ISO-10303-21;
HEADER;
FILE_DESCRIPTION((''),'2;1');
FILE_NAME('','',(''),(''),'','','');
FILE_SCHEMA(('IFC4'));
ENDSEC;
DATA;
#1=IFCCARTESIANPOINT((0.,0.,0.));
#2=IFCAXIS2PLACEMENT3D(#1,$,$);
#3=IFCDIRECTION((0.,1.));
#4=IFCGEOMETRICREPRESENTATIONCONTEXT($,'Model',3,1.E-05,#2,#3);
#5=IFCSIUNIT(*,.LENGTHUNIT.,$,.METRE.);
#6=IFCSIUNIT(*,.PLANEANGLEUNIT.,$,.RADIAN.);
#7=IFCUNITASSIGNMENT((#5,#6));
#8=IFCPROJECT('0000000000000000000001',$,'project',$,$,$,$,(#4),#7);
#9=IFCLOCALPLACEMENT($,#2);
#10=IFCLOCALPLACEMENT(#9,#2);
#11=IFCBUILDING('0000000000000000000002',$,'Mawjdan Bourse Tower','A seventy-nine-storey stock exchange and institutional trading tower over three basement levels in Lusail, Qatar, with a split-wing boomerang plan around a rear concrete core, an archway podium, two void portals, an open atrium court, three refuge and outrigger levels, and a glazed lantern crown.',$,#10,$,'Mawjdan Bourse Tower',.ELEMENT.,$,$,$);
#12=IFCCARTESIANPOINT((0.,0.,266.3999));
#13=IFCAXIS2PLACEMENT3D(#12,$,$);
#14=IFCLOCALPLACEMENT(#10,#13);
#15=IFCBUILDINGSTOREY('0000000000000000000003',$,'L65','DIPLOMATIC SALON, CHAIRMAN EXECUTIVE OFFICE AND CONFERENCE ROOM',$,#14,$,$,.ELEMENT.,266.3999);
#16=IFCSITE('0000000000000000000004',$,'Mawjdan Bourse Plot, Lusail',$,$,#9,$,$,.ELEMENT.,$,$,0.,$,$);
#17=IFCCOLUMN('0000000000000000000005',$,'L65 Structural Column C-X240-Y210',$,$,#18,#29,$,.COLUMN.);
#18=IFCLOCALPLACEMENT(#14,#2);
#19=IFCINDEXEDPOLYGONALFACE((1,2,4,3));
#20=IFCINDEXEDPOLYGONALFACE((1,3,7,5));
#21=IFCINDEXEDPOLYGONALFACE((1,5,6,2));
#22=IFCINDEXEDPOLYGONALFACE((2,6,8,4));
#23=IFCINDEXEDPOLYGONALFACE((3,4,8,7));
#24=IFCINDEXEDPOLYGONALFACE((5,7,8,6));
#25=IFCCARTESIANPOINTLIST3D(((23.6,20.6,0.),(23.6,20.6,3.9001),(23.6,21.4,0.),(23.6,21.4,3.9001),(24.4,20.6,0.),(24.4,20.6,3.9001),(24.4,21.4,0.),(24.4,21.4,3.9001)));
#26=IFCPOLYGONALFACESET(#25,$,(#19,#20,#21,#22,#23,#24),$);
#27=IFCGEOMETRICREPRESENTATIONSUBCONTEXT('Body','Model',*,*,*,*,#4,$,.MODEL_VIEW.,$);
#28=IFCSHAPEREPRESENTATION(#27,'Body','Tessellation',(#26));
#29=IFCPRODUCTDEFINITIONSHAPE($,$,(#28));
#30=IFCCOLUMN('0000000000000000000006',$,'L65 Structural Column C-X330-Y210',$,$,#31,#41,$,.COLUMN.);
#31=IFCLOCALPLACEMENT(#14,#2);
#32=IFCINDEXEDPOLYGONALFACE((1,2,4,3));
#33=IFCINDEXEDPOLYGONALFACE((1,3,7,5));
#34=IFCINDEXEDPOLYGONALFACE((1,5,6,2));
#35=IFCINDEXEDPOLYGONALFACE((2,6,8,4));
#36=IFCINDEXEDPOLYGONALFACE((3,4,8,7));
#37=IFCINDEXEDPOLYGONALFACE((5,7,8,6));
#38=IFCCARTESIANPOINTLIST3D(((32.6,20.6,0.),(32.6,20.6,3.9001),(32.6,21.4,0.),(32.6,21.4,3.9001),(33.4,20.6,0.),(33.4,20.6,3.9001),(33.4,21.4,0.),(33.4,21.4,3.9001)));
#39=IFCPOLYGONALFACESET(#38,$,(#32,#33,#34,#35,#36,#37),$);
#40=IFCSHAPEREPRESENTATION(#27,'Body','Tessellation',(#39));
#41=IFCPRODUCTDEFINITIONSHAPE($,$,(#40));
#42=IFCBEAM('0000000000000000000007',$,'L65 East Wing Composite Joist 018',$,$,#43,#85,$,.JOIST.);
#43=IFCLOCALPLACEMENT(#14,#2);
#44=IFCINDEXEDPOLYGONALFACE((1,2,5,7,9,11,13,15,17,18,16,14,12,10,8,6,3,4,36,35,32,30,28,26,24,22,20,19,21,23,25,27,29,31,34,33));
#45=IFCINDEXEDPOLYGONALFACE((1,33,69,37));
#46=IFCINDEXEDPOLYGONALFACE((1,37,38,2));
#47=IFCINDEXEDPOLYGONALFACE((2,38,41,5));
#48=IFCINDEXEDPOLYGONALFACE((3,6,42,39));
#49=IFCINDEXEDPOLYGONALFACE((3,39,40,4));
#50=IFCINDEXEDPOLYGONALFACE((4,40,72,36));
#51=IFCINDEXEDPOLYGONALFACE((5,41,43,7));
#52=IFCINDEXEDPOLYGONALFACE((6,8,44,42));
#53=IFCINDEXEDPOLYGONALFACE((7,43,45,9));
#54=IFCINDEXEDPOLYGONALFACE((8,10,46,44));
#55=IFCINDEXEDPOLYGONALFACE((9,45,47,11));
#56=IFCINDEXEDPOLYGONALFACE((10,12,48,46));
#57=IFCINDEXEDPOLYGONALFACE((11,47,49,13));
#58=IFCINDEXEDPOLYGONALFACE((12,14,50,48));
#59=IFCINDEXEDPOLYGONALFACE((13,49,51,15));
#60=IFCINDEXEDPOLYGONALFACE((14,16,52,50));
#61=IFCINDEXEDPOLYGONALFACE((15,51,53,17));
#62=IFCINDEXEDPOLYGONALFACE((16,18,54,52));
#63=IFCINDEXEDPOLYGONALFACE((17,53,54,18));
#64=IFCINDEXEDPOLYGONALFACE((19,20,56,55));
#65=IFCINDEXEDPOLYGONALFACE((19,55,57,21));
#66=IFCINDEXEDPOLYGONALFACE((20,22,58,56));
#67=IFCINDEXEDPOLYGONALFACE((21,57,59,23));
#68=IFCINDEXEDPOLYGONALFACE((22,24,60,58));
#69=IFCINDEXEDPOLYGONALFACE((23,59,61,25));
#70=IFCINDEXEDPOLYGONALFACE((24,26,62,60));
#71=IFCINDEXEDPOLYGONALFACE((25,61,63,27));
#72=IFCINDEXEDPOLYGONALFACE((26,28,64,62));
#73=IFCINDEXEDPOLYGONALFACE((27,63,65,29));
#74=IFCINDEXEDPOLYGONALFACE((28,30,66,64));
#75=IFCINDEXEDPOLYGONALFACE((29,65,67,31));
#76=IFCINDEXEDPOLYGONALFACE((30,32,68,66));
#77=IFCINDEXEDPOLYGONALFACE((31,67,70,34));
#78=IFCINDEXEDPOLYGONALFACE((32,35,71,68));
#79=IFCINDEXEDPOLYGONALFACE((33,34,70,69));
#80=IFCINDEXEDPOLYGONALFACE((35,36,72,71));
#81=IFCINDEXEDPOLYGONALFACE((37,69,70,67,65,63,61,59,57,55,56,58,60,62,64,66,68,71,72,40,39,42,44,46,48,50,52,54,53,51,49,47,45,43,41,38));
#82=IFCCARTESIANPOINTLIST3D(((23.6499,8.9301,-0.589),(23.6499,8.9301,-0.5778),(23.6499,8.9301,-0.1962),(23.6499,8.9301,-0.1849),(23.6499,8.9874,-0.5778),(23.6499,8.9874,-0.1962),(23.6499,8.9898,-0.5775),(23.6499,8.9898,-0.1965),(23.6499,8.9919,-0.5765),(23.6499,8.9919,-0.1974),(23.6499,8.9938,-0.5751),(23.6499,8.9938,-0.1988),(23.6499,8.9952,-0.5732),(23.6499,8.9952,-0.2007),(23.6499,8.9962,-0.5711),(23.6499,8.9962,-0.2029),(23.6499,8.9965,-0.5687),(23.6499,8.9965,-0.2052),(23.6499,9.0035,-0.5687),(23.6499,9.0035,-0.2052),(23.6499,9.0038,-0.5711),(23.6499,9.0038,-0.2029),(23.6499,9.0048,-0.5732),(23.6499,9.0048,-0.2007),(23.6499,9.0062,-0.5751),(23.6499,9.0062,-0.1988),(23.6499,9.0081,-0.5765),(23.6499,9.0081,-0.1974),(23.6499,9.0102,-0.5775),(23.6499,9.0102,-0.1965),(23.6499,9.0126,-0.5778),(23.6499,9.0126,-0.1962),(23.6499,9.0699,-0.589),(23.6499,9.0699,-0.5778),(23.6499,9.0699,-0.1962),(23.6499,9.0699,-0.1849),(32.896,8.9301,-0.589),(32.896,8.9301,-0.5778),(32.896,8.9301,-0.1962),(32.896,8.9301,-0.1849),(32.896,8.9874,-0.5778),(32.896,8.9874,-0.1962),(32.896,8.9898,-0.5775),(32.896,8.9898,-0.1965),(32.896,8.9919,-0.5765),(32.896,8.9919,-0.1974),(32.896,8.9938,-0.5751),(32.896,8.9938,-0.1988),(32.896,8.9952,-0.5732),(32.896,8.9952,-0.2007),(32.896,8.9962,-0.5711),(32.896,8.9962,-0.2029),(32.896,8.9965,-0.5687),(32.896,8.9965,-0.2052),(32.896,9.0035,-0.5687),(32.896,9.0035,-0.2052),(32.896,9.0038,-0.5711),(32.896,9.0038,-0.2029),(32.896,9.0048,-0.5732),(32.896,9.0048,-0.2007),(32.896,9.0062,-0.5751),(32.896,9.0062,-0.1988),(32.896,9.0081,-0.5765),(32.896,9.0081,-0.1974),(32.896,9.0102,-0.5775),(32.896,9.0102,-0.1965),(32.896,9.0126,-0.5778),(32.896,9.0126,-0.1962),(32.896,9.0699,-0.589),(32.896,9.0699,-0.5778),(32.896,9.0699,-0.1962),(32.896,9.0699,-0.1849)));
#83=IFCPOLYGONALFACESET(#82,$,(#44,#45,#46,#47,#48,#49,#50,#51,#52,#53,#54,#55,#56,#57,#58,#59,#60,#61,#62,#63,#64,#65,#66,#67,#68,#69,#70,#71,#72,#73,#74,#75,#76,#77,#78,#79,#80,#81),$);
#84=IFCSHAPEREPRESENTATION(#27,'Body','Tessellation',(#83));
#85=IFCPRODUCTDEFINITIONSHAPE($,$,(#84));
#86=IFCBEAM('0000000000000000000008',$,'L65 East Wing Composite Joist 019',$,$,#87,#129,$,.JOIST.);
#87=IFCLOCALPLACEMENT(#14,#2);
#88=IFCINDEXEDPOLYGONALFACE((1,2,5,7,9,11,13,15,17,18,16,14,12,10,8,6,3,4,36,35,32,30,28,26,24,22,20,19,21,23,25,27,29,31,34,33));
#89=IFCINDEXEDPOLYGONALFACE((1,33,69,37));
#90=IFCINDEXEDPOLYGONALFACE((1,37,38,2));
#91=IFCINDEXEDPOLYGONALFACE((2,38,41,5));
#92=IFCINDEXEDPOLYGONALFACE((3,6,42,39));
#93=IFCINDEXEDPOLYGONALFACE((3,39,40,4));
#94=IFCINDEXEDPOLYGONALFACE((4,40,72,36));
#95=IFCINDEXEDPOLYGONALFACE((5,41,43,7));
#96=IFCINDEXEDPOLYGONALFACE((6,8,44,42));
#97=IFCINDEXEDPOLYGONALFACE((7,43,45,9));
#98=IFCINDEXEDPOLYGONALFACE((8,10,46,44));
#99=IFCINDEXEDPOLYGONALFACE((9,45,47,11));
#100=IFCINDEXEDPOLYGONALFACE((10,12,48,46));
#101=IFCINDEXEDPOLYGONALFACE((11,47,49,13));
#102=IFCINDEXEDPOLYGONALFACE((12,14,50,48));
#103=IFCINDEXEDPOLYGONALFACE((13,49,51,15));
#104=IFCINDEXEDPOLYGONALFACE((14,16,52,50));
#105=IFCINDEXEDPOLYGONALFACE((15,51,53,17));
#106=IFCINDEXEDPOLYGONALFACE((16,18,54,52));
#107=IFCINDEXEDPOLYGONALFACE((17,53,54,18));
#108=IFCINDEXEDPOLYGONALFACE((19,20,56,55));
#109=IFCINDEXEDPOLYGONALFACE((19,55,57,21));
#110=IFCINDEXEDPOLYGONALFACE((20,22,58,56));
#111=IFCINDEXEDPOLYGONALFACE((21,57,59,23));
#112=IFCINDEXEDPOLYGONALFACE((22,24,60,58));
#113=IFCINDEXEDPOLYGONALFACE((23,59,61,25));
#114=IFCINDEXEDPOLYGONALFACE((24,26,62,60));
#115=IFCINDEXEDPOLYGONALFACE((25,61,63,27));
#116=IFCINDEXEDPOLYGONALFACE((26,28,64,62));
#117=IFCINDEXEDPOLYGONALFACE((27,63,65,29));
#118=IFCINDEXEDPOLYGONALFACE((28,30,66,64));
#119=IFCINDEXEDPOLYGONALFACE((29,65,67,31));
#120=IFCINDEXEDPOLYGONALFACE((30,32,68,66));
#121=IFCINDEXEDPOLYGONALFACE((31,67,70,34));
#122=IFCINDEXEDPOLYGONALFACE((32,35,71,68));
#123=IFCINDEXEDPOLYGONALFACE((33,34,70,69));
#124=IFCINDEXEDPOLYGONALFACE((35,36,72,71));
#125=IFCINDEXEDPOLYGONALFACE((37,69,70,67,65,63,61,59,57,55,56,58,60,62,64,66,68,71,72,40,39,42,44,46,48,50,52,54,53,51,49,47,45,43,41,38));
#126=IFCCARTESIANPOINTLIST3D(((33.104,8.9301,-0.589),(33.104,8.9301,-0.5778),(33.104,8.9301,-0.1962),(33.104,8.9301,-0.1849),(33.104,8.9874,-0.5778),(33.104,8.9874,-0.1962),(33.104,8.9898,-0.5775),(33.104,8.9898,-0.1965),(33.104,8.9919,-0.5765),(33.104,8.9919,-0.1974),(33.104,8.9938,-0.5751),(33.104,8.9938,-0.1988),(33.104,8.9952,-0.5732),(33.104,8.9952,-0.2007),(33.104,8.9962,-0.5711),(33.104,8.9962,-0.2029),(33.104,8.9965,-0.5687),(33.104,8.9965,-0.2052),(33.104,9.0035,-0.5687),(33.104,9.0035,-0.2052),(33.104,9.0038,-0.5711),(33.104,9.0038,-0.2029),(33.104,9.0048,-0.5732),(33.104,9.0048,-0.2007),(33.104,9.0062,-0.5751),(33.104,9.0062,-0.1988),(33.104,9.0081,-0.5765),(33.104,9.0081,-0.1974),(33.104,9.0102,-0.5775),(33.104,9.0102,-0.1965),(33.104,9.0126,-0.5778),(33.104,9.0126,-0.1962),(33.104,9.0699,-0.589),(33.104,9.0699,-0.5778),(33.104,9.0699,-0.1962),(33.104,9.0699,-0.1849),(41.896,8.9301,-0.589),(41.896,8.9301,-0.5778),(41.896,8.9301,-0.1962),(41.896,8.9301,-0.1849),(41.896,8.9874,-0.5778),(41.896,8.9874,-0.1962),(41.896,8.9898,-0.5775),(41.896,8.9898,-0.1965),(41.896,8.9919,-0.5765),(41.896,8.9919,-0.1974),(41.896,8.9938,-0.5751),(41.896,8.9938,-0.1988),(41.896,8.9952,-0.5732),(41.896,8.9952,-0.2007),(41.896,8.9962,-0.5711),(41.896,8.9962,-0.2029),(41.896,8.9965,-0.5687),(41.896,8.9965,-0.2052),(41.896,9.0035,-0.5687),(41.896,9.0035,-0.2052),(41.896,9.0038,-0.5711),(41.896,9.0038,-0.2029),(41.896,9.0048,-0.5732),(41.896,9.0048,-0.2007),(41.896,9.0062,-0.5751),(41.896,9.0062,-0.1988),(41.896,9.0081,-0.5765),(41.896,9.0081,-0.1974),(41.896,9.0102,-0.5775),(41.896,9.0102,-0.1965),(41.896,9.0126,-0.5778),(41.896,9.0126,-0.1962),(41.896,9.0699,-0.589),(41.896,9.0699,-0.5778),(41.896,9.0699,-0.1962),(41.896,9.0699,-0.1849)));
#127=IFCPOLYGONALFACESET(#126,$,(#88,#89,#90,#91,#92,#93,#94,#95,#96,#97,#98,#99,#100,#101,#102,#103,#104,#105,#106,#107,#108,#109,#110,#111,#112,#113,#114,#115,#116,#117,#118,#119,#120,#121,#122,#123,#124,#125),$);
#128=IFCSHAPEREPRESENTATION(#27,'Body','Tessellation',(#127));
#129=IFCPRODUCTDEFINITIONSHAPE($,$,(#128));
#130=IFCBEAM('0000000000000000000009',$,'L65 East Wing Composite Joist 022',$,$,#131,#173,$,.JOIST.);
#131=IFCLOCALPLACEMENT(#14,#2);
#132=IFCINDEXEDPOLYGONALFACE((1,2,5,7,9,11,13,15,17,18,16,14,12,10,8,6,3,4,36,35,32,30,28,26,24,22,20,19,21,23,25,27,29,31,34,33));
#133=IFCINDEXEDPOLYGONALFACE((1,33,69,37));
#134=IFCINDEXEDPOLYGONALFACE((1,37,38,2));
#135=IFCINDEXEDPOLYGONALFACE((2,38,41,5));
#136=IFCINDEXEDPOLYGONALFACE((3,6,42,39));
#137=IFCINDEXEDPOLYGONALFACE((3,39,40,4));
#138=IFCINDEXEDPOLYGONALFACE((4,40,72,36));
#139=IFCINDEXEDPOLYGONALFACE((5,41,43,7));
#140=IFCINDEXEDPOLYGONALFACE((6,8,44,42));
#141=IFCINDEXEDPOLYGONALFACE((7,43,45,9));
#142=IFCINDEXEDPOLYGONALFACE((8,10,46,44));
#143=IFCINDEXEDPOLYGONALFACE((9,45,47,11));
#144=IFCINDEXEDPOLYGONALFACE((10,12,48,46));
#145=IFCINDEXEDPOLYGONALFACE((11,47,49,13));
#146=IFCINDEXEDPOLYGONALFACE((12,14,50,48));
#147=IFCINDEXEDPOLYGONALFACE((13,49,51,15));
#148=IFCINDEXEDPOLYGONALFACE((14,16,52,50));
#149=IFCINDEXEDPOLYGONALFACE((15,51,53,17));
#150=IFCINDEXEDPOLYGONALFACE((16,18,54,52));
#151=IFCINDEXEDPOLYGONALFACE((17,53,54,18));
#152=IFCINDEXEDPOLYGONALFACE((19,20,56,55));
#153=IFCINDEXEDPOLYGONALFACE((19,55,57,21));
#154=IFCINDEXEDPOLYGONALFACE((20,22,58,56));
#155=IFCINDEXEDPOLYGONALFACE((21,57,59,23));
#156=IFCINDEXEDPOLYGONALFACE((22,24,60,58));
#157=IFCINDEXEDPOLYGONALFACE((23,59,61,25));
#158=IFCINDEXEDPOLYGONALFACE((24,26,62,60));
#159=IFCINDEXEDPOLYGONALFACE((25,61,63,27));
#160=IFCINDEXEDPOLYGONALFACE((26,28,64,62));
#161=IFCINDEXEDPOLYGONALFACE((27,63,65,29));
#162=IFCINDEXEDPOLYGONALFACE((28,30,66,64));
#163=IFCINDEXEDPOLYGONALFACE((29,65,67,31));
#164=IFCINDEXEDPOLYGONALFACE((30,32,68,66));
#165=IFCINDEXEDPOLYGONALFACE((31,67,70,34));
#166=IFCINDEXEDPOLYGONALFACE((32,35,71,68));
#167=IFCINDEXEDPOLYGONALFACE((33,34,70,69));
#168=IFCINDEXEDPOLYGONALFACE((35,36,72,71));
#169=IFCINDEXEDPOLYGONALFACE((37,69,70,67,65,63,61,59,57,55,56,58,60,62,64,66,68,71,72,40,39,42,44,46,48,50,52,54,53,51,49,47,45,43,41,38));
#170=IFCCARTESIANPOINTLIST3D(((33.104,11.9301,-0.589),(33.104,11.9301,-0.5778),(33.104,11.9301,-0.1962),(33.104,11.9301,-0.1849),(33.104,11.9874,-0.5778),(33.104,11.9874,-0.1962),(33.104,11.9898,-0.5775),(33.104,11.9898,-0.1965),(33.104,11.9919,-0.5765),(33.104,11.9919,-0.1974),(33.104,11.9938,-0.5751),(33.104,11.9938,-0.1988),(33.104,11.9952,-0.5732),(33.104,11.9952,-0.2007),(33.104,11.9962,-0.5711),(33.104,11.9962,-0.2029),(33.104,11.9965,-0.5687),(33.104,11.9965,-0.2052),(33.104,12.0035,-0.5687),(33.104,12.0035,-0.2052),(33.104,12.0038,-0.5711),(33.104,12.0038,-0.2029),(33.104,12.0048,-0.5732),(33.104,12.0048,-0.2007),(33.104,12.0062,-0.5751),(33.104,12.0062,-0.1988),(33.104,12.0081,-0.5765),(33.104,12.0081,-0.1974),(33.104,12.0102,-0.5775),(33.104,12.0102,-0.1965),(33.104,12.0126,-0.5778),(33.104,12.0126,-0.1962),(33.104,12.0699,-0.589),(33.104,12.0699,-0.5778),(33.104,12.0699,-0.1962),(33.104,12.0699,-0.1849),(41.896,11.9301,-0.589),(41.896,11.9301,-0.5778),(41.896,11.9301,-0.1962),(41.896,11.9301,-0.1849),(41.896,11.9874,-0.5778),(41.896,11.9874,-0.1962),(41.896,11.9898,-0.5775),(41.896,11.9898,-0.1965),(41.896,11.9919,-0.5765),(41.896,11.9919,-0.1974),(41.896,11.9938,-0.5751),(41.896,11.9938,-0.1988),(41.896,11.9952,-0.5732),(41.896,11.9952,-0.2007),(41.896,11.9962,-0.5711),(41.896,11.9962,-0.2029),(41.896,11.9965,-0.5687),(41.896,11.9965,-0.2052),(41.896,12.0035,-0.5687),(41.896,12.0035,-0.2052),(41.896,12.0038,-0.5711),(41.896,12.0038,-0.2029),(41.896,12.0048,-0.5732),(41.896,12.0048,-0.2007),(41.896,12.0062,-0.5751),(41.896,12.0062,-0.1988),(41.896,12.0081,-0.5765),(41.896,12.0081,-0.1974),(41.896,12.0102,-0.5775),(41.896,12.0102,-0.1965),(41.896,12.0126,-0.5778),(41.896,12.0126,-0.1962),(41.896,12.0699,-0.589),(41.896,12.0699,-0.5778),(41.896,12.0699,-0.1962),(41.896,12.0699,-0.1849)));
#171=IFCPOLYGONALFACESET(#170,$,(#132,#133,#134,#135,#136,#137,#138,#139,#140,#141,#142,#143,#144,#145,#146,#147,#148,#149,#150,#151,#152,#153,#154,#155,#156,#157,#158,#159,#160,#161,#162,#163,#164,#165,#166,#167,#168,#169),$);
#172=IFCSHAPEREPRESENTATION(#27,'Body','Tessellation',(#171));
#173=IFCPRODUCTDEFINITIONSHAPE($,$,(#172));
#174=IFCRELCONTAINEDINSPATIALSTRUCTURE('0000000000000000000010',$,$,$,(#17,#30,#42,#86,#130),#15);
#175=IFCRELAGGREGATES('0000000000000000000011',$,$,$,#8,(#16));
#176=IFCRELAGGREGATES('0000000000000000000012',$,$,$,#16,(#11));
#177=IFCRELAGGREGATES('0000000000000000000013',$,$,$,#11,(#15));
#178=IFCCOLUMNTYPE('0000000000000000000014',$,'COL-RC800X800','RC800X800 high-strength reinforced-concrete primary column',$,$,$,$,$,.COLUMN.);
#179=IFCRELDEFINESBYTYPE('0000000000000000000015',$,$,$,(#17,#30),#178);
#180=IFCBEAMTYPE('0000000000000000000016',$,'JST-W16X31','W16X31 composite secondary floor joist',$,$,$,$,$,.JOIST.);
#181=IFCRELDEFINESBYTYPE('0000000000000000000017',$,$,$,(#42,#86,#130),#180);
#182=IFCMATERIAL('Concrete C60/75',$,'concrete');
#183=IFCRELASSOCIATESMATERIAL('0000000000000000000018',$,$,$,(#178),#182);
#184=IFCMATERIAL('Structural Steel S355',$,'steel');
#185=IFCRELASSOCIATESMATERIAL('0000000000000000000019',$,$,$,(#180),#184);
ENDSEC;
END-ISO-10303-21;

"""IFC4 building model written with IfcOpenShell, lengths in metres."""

from ifc_helpers import new_model, si_unit, direction, frame, origin, origin_2d, place, context, subcontext, project, spatial, rectangle, i_section, extrude, material, material_profile, profile_set, type_object, element, save


model = new_model("IFC4")

# Units and contexts
model_context = context("Model", 3, precision=1e-05, world=origin(), true_north=direction((0.0, 1.0)))
body_context = subcontext(model_context, "Body", "Model", "MODEL_VIEW")
ifc_project = project(units=[si_unit("LENGTHUNIT", "METRE"), si_unit("PLANEANGLEUNIT", "RADIAN")], contexts=[model_context])

# Site, building, storey
site_placement = place(None, origin())
site = spatial("IfcSite", under=ifc_project, at=site_placement, Name="Mawjdan Bourse Plot, Lusail", CompositionType="ELEMENT", RefElevation=0.0)
building_placement = place(site_placement, origin())
building = spatial("IfcBuilding", under=site, at=building_placement, Name="Mawjdan Bourse Tower", Description="A seventy-nine-storey stock exchange and institutional trading tower over three basement levels in Lusail, Qatar, with a split-wing boomerang plan around a rear concrete core, an archway podium, two void portals, an open atrium court, three refuge and outrigger levels, and a glazed lantern crown.", LongName="Mawjdan Bourse Tower", CompositionType="ELEMENT")
storey_placement = place(building_placement, frame((0.0, 0.0, 266.3999)))
storey = spatial("IfcBuildingStorey", under=building, at=storey_placement, Name="L65", Description="DIPLOMATIC SALON, CHAIRMAN EXECUTIVE OFFICE AND CONFERENCE ROOM", CompositionType="ELEMENT", Elevation=266.3999)

# Columns
ifc_material_1 = material(Name="Concrete C60/75", Category="concrete")
ifc_material_profile_1 = material_profile(ifc_material_1, rectangle(XDim=0.8, YDim=0.8, at=origin_2d()), Name="RC800X800")
ifc_profile_set_1 = profile_set([ifc_material_profile_1], Name="Concrete C60/75")
column_type = type_object("IfcColumnType", Name="COL-RC800X800", Description="RC800X800 high-strength reinforced-concrete primary column", PredefinedType="COLUMN", material=ifc_profile_set_1)
for number, where, z_axis, x_axis, name in (
    (1, (24.0, 21.0, 0.0), (0.0, 0.0, 1.0), (1.0, 0.0, 0.0), "L65 Structural Column C-X240-Y210"),
    (2, (33.0, 21.0, 0.0), (0.0, 0.0, 1.0), (1.0, 0.0, 0.0), "L65 Structural Column C-X330-Y210"),
):
    element("IfcColumn", number, at=place(storey_placement, frame(where, z_axis=z_axis, x_axis=x_axis)), inside=storey, type_object=column_type, Name=name, PredefinedType="COLUMN", context=body_context, shape_type="SweptSolid", body=[
        extrude(rectangle(XDim=0.8, YDim=0.8, at=origin_2d()), origin(), (0.0, 0.0, 1.0), 3.9001),
    ])

# Beams
ifc_material_2 = material(Name="Structural Steel S355", Category="steel")
ifc_material_profile_2 = material_profile(ifc_material_2, i_section(OverallWidth=0.1399, OverallDepth=0.4041, WebThickness=0.0071, FlangeThickness=0.0112, FilletRadius=0.009, at=origin_2d()), Name="W16X31")
ifc_profile_set_2 = profile_set([ifc_material_profile_2], Name="Structural Steel S355")
beam_type_1 = type_object("IfcBeamType", Name="JST-W16X31", Description="W16X31 composite secondary floor joist", PredefinedType="JOIST", material=ifc_profile_set_2)
beam_1_placement = place(storey_placement, frame((23.6499, 9.0, -0.387), z_axis=(1.0, 0.0, 0.0), x_axis=(0.0, 1.0, 0.0)))
element("IfcBeam", 3, at=beam_1_placement, inside=storey, type_object=beam_type_1, Name="L65 East Wing Composite Joist 018", PredefinedType="JOIST", context=body_context, shape_type="SweptSolid", body=[
    extrude(i_section(OverallWidth=0.1399, OverallDepth=0.4041, WebThickness=0.0071, FlangeThickness=0.0112, FilletRadius=0.009, at=origin_2d()), origin(), (0.0, 0.0, 1.0), 9.2461),
])
for number, where, z_axis, x_axis, name in (
    (4, (33.104, 9.0, -0.387), (1.0, 0.0, 0.0), (0.0, 1.0, 0.0), "L65 East Wing Composite Joist 019"),
    (5, (33.104, 12.0, -0.387), (1.0, 0.0, 0.0), (0.0, 1.0, 0.0), "L65 East Wing Composite Joist 022"),
):
    element("IfcBeam", number, at=place(storey_placement, frame(where, z_axis=z_axis, x_axis=x_axis)), inside=storey, type_object=beam_type_1, Name=name, PredefinedType="JOIST", context=body_context, shape_type="SweptSolid", body=[
        extrude(i_section(OverallWidth=0.1399, OverallDepth=0.4041, WebThickness=0.0071, FlangeThickness=0.0112, FilletRadius=0.009, at=origin_2d()), origin(), (0.0, 0.0, 1.0), 8.792),
    ])

save(model, "model.ifc")
